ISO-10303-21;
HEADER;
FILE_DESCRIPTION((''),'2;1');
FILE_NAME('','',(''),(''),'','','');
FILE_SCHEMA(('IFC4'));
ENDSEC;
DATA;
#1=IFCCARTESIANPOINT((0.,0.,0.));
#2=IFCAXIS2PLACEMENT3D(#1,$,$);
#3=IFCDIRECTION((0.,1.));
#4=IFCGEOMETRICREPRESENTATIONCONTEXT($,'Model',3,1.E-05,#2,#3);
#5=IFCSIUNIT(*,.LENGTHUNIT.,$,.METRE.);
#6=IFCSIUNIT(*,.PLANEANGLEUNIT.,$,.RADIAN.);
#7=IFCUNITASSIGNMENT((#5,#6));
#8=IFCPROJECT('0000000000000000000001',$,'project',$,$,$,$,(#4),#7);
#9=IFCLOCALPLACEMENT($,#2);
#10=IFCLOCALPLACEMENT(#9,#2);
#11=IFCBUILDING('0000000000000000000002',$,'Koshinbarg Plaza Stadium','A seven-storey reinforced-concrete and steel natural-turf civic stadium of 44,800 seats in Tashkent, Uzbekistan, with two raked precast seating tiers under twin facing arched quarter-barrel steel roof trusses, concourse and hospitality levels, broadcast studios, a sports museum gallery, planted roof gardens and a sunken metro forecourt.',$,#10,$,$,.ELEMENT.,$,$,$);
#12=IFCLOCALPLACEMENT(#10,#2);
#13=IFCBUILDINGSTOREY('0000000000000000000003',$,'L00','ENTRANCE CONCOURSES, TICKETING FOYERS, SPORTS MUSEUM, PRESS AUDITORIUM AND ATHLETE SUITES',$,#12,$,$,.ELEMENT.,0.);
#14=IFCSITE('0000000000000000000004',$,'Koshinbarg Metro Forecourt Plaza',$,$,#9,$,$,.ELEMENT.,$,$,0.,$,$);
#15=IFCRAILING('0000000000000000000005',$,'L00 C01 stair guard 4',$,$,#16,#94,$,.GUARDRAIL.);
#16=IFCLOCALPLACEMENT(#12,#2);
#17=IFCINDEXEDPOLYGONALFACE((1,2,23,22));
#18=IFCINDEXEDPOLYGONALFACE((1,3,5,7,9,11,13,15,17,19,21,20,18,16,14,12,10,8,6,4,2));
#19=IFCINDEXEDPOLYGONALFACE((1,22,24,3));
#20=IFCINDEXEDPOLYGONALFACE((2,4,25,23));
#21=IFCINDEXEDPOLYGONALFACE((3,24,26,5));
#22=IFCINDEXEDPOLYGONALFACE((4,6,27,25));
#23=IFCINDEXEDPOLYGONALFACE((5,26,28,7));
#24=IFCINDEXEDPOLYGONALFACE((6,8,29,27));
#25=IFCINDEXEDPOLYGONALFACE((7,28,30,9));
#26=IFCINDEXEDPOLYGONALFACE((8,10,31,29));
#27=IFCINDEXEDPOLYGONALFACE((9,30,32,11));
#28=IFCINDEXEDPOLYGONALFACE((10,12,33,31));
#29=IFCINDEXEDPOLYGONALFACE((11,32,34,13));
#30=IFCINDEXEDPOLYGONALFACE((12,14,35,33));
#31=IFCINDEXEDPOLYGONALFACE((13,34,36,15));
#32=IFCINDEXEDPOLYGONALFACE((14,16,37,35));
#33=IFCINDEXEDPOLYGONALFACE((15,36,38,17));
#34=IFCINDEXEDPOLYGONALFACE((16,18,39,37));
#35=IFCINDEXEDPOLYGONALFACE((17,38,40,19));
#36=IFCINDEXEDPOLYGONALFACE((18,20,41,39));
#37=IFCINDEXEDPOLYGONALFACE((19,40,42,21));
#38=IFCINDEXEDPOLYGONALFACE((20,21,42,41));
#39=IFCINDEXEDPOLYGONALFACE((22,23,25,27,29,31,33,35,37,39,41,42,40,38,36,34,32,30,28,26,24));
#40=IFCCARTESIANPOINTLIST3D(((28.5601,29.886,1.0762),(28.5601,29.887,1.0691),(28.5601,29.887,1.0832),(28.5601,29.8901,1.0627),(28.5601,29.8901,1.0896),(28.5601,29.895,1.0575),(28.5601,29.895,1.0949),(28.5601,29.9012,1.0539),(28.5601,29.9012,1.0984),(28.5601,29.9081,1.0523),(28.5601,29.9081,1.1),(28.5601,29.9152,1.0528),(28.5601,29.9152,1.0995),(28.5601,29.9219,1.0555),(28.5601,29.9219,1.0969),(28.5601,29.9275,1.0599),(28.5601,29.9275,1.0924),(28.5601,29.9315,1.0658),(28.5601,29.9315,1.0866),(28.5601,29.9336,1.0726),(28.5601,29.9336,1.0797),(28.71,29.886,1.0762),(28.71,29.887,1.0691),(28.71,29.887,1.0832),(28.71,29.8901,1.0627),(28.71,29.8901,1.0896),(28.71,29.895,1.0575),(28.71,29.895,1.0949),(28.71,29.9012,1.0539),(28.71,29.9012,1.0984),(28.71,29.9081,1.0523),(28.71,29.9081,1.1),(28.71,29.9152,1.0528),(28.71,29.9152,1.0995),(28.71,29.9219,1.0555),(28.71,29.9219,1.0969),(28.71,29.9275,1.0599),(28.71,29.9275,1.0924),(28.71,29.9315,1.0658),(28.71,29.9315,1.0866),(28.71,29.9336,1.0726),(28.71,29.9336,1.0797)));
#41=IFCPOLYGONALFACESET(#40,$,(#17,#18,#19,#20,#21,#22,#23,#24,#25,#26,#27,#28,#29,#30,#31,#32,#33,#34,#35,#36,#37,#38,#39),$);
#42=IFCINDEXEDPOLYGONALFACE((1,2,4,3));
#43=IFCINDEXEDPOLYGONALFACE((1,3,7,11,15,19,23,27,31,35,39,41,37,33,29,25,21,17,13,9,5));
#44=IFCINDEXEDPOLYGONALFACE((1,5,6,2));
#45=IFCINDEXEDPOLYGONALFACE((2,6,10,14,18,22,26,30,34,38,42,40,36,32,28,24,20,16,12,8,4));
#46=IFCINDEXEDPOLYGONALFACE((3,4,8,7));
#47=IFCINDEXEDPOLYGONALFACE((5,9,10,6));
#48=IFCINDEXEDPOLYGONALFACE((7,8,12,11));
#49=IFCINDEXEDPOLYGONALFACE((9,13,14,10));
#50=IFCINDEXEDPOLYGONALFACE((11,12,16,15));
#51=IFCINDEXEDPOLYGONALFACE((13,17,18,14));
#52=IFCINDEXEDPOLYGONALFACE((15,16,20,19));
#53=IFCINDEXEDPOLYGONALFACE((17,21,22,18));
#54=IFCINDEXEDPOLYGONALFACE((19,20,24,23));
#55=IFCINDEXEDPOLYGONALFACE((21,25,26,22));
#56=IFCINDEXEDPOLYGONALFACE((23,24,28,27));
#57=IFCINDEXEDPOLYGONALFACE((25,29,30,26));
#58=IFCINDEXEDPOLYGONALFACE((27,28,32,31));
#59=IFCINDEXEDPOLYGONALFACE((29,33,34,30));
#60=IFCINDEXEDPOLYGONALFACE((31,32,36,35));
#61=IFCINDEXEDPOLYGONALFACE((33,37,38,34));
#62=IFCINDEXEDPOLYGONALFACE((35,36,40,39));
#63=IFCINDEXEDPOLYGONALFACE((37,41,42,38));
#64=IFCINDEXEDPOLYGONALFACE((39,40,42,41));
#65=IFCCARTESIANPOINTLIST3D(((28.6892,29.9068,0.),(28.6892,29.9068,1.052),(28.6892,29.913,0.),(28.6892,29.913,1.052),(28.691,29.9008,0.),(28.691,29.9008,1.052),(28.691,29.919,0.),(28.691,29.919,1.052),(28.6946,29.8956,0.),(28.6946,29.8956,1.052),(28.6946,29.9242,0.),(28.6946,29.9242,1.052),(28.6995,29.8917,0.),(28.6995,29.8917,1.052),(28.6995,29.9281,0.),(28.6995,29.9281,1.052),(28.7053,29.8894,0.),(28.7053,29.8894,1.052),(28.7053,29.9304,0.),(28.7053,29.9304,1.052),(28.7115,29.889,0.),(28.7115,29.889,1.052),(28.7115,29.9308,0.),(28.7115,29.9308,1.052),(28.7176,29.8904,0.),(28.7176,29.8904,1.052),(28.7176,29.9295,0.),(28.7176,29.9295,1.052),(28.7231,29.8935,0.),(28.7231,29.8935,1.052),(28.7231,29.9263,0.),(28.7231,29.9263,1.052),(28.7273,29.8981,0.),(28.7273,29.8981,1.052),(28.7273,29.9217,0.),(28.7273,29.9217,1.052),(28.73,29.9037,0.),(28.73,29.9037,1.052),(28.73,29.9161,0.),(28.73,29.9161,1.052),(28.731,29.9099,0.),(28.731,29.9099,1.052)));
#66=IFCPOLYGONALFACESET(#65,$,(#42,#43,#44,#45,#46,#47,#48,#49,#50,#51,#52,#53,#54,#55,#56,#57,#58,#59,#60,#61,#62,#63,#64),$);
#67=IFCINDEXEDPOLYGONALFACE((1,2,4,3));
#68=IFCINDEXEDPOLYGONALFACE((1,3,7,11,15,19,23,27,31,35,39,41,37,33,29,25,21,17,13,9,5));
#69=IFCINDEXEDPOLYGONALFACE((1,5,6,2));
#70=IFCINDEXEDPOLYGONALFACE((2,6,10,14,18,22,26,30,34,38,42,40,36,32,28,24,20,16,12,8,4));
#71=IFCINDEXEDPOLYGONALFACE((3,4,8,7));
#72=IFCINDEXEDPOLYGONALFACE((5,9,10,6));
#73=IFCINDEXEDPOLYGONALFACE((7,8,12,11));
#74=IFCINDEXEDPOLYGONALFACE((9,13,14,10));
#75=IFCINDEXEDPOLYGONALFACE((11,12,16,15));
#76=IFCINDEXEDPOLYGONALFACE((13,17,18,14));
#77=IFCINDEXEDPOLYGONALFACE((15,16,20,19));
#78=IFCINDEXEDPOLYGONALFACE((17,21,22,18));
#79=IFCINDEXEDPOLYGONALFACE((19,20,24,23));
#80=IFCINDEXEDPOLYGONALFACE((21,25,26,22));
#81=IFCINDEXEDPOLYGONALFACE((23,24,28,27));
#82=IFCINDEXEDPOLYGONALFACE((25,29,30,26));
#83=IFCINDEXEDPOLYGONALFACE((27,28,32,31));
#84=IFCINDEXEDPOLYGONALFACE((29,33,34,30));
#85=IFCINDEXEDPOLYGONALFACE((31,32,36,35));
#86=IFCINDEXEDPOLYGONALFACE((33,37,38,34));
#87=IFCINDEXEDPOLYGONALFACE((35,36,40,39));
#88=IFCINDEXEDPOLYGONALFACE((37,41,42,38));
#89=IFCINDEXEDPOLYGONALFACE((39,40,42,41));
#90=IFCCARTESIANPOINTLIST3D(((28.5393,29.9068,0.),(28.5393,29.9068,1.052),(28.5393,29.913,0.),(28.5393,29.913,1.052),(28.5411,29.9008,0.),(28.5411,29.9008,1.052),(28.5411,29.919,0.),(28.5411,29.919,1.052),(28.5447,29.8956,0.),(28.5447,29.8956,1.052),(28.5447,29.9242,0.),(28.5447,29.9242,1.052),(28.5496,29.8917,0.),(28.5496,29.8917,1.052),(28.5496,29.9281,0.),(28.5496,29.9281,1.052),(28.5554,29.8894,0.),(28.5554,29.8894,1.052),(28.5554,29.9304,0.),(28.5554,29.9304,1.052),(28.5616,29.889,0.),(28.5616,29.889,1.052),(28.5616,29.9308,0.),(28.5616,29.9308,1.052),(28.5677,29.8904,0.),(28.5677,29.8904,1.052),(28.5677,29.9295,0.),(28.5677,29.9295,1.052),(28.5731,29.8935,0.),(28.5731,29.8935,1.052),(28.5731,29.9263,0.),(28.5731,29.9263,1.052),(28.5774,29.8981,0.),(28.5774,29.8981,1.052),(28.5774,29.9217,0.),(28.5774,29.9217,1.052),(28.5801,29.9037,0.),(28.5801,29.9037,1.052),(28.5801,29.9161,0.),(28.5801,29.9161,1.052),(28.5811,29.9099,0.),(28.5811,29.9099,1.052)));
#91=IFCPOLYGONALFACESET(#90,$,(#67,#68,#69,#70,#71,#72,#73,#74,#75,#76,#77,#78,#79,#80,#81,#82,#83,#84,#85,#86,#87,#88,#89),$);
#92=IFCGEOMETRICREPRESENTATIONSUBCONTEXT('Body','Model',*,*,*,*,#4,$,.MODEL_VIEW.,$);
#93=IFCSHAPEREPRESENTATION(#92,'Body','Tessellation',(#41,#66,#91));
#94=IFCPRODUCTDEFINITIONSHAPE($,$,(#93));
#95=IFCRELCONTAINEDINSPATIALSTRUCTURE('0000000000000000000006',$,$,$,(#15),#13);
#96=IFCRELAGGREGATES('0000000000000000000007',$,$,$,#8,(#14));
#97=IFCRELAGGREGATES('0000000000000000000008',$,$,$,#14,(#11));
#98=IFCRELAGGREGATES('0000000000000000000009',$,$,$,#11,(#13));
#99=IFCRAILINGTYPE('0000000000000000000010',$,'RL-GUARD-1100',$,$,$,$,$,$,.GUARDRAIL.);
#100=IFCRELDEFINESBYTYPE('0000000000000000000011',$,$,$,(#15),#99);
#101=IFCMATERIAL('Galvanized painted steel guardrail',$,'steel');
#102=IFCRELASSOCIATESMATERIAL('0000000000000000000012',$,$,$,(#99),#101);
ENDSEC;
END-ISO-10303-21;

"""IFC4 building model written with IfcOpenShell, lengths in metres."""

from ifc_helpers import new_model, si_unit, direction, frame, origin, origin_2d, place, context, subcontext, project, spatial, circle, extrude, material, type_object, element, save


model = new_model("IFC4")

# Units and contexts
model_context = context("Model", 3, precision=1e-05, world=origin(), true_north=direction((0.0, 1.0)))
body_context = subcontext(model_context, "Body", "Model", "MODEL_VIEW")
ifc_project = project(units=[si_unit("LENGTHUNIT", "METRE"), si_unit("PLANEANGLEUNIT", "RADIAN")], contexts=[model_context])

# Site, building, storey
site_placement = place(None, origin())
site = spatial("IfcSite", under=ifc_project, at=site_placement, Name="Koshinbarg Metro Forecourt Plaza", CompositionType="ELEMENT", RefElevation=0.0)
building_placement = place(site_placement, origin())
building = spatial("IfcBuilding", under=site, at=building_placement, Name="Koshinbarg Plaza Stadium", Description="A seven-storey reinforced-concrete and steel natural-turf civic stadium of 44,800 seats in Tashkent, Uzbekistan, with two raked precast seating tiers under twin facing arched quarter-barrel steel roof trusses, concourse and hospitality levels, broadcast studios, a sports museum gallery, planted roof gardens and a sunken metro forecourt.", CompositionType="ELEMENT")
storey_placement = place(building_placement, origin())
storey = spatial("IfcBuildingStorey", under=building, at=storey_placement, Name="L00", Description="ENTRANCE CONCOURSES, TICKETING FOYERS, SPORTS MUSEUM, PRESS AUDITORIUM AND ATHLETE SUITES", CompositionType="ELEMENT", Elevation=0.0)

# Railing
ifc_material_1 = material(Name="Galvanized painted steel guardrail", Category="steel")
railing_type_1 = type_object("IfcRailingType", Name="RL-GUARD-1100", PredefinedType="GUARDRAIL", material=ifc_material_1)
railing_1_placement = place(storey_placement, frame((28.71, 29.9099, 0.0)))
element("IfcRailing", 1, at=railing_1_placement, inside=storey, type_object=railing_type_1, Name="L00 C01 stair guard 4", PredefinedType="GUARDRAIL", context=body_context, shape_type="SweptSolid", body=[
    extrude(circle(Radius=0.0239, at=origin_2d()), frame((0.0, 0.0, 1.0762), z_axis=(-1.0, 0.0, 0.0), x_axis=(0.0, -1.0, 0.0)), (0.0, 0.0, 1.0), 0.1499),
    extrude(circle(Radius=0.021, at=origin_2d()), origin(), (0.0, 0.0, 1.0), 1.052),
    extrude(circle(Radius=0.021, at=origin_2d()), frame((-0.1499, 0.0, 0.0)), (0.0, 0.0, 1.0), 1.052),
])

save(model, "model.ifc")
